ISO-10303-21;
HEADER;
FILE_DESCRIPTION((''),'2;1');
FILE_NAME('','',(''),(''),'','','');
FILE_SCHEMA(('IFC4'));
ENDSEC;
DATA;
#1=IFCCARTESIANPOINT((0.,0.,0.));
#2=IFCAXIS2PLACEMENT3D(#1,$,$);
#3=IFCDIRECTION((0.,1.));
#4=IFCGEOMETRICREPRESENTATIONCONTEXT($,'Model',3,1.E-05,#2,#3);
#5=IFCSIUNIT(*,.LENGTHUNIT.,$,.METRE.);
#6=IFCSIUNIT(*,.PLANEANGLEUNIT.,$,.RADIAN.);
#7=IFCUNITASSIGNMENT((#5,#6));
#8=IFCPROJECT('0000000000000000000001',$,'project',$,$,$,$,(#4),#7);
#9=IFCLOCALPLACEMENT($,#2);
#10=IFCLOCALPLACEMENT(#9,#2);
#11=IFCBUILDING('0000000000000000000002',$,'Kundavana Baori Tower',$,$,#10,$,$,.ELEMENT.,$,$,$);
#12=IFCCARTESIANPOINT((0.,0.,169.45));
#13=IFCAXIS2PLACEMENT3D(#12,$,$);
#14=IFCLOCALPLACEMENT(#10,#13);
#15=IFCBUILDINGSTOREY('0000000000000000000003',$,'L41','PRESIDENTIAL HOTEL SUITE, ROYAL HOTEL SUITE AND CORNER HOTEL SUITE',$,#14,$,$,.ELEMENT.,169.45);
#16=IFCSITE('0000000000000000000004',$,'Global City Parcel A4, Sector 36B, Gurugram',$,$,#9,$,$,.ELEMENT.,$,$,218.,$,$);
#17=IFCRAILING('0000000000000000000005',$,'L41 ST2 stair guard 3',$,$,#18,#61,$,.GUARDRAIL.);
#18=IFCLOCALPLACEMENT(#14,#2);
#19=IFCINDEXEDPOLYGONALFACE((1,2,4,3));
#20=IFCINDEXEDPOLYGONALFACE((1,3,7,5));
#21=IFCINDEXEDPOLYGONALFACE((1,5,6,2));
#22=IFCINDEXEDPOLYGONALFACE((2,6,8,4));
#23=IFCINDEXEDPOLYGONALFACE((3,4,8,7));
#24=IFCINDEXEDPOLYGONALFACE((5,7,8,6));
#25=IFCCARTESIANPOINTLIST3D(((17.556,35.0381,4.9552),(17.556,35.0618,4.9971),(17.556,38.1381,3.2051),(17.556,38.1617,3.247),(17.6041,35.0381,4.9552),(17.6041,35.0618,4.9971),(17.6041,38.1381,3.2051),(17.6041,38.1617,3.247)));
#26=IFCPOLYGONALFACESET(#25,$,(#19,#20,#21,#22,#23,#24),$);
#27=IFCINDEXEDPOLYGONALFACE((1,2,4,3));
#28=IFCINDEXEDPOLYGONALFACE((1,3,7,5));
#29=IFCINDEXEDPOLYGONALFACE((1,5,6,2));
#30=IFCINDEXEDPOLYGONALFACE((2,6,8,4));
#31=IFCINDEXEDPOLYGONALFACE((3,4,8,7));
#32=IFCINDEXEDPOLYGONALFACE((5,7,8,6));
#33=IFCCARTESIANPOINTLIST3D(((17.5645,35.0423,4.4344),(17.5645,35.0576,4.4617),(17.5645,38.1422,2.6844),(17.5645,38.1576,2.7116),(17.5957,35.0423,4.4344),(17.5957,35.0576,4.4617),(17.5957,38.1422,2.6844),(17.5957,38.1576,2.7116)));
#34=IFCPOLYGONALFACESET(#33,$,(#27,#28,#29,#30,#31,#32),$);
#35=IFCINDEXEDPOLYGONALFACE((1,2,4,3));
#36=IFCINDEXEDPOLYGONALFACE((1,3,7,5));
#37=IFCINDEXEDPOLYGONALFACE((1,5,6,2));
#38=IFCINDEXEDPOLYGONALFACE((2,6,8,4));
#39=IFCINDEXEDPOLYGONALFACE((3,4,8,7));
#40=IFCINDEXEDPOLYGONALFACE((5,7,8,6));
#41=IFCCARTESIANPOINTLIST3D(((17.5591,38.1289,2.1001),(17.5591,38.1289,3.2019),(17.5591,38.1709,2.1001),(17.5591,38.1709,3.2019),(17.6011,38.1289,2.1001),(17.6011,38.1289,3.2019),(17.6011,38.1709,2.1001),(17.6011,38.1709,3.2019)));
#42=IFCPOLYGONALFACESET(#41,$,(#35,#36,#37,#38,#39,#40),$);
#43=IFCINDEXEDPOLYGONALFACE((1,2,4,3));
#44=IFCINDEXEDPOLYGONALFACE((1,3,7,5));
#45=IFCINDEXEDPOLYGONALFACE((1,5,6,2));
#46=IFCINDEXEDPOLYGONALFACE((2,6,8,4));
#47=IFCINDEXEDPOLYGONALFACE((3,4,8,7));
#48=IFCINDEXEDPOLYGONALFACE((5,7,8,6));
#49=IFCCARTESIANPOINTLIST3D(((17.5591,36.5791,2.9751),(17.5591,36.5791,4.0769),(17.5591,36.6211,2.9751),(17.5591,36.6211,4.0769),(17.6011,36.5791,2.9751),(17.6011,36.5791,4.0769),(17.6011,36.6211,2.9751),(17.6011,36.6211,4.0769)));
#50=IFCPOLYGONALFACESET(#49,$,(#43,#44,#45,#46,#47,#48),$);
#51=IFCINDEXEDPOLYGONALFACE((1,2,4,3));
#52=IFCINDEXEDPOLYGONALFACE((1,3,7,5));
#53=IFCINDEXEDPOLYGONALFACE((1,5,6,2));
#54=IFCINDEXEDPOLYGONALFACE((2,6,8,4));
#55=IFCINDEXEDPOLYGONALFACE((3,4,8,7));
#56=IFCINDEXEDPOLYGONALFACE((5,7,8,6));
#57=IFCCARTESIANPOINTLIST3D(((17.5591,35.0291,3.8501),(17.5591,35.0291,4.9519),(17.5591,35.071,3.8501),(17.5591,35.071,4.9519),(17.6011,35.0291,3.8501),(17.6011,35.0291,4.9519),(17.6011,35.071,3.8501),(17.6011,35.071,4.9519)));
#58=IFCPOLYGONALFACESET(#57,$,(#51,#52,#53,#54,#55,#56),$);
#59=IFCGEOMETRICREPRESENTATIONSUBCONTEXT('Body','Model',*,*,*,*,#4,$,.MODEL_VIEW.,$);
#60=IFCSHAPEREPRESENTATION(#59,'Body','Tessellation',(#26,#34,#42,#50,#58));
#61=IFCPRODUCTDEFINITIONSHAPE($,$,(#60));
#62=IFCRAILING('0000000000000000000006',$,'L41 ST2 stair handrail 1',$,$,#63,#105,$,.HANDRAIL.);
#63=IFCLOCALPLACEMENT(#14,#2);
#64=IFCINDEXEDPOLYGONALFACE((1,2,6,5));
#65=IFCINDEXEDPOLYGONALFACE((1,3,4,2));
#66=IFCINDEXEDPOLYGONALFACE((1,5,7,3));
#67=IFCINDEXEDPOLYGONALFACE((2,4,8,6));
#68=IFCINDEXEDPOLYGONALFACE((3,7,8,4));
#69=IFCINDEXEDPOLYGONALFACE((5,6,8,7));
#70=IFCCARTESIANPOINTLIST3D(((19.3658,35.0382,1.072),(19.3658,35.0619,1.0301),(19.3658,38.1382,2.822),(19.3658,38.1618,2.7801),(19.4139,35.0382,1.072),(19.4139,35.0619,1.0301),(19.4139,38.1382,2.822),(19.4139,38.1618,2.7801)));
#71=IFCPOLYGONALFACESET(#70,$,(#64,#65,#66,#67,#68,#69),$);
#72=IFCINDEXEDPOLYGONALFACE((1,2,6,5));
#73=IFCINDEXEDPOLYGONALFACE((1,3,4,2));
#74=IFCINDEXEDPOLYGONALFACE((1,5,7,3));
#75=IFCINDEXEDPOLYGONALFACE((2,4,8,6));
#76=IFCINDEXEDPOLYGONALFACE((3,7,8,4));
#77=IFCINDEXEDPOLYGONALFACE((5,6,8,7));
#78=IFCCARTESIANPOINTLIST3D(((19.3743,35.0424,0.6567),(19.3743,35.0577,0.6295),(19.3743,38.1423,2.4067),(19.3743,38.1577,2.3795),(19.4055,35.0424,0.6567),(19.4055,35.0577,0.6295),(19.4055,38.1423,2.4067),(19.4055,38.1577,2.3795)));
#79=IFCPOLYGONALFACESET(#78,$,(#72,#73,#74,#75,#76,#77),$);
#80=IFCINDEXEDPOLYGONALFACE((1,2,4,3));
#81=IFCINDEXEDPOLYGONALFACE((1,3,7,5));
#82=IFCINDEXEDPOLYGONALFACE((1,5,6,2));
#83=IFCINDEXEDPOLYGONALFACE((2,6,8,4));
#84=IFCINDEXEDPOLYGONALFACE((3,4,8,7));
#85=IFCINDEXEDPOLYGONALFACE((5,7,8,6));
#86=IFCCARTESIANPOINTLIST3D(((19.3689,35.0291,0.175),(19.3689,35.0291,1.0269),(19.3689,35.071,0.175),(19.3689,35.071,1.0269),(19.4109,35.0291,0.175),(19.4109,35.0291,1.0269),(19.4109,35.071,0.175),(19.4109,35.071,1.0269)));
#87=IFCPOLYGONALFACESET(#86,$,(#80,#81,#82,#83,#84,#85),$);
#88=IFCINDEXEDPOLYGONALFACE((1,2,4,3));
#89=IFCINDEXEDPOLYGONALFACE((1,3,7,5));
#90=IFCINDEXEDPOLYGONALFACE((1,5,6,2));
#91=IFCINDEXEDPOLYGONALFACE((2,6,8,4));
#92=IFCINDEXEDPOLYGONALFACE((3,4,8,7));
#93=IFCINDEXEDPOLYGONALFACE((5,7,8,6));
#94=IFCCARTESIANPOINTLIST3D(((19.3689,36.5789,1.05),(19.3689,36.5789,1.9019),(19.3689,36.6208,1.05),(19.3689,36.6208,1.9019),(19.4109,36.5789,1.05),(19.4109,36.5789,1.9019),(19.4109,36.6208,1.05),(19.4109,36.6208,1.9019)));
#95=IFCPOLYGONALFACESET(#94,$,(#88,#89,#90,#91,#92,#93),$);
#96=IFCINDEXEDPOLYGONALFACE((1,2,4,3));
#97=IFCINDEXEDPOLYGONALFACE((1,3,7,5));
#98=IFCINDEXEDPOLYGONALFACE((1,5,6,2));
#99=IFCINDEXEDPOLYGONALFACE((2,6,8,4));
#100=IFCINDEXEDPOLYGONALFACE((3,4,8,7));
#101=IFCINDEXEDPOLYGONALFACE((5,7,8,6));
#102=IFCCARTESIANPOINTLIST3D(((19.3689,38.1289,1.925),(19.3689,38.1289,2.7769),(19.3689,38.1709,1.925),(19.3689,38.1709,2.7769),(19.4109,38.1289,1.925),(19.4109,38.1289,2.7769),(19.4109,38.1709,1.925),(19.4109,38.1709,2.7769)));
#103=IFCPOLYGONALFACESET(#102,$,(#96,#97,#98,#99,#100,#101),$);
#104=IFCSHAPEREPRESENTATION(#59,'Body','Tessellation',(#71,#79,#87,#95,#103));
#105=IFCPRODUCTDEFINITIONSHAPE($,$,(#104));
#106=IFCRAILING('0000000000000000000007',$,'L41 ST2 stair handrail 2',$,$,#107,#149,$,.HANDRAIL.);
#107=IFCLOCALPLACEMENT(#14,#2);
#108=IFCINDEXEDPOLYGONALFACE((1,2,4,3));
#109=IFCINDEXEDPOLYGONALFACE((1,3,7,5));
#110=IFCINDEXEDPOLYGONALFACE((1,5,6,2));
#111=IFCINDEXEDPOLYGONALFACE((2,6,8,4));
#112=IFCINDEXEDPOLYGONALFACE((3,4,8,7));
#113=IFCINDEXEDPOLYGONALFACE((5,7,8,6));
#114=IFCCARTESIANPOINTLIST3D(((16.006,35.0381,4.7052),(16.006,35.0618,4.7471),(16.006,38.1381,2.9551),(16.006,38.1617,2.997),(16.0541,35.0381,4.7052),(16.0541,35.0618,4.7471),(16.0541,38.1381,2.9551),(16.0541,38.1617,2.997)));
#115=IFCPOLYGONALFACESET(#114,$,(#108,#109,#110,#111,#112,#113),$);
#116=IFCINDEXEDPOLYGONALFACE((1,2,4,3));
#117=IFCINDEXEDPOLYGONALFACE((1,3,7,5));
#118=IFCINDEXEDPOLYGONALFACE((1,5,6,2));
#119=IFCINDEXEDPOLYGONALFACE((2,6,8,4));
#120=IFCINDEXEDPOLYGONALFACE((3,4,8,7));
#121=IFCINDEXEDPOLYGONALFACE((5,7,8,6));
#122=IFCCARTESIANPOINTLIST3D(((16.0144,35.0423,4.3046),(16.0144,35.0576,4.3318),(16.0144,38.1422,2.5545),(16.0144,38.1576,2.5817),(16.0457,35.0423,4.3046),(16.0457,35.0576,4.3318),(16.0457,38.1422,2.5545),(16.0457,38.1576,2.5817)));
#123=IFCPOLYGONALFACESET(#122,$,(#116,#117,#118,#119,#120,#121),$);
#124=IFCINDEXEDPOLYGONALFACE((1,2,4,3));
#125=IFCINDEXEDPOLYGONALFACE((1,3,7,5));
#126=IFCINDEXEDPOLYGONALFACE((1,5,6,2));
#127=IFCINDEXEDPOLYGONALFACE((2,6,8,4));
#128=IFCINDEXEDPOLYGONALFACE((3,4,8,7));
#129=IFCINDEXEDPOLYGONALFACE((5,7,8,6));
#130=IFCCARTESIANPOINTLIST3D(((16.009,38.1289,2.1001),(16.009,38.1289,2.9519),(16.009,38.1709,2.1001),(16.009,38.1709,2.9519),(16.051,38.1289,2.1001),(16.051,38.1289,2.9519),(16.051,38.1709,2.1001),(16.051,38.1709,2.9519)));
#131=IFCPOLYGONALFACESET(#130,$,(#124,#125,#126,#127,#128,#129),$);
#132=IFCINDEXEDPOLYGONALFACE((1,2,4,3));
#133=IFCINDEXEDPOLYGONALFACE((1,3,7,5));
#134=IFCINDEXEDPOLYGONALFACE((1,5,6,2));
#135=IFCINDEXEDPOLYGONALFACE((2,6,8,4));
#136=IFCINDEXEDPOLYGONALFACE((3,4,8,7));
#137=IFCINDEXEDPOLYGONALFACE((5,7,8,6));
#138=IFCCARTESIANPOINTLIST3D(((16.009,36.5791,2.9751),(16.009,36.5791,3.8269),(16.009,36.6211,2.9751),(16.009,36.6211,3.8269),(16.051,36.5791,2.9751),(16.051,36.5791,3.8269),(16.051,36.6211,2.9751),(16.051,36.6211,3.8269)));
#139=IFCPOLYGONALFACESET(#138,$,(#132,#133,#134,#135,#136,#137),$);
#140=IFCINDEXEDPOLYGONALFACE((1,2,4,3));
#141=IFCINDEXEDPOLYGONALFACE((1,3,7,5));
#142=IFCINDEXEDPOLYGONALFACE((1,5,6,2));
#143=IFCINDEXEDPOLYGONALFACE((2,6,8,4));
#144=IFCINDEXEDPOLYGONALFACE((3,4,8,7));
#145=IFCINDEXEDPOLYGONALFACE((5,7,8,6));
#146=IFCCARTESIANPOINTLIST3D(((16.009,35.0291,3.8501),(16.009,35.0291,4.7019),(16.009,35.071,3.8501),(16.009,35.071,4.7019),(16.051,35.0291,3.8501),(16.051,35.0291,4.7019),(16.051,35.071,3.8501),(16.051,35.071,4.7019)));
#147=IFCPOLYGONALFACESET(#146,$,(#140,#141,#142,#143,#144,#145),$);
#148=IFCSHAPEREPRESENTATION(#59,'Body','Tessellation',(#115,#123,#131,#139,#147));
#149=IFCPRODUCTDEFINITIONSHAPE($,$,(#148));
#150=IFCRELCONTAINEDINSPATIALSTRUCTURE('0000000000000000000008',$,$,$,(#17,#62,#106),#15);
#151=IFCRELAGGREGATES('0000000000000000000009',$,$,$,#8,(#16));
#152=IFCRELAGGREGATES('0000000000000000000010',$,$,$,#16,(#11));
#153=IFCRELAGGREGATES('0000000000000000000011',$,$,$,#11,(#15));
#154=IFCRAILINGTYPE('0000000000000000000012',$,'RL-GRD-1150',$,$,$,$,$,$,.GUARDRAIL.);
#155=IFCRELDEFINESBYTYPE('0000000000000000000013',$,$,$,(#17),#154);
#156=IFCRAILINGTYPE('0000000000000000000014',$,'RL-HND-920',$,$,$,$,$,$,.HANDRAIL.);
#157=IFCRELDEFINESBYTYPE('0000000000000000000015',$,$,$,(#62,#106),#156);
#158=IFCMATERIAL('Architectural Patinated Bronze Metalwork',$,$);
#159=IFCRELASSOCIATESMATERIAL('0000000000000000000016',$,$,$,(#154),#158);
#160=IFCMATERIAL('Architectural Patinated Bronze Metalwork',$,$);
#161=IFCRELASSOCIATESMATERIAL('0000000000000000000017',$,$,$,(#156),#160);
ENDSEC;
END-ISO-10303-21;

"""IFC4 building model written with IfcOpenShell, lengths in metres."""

from ifc_helpers import new_model, si_unit, direction, frame, origin, origin_2d, place, context, subcontext, project, spatial, rectangle, extrude, material, type_object, element, save


model = new_model("IFC4")

# Units and contexts
model_context = context("Model", 3, precision=1e-05, world=origin(), true_north=direction((0.0, 1.0)))
body_context = subcontext(model_context, "Body", "Model", "MODEL_VIEW")
ifc_project = project(units=[si_unit("LENGTHUNIT", "METRE"), si_unit("PLANEANGLEUNIT", "RADIAN")], contexts=[model_context])

# Site, building, storey
site_placement = place(None, origin())
site = spatial("IfcSite", under=ifc_project, at=site_placement, Name="Global City Parcel A4, Sector 36B, Gurugram", CompositionType="ELEMENT", RefElevation=218.0)
building_placement = place(site_placement, origin())
building = spatial("IfcBuilding", under=site, at=building_placement, Name="Kundavana Baori Tower", CompositionType="ELEMENT")
storey_placement = place(building_placement, frame((0.0, 0.0, 169.45)))
storey = spatial("IfcBuildingStorey", under=building, at=storey_placement, Name="L41", Description="PRESIDENTIAL HOTEL SUITE, ROYAL HOTEL SUITE AND CORNER HOTEL SUITE", CompositionType="ELEMENT", Elevation=169.45)

# Railings
ifc_material_1 = material(Name="Architectural Patinated Bronze Metalwork")
railing_type_1 = type_object("IfcRailingType", Name="RL-GRD-1150", PredefinedType="GUARDRAIL", material=ifc_material_1)
railing_1_placement = place(storey_placement, frame((17.5801, 38.1499, 2.1001)))
element("IfcRailing", 1, at=railing_1_placement, inside=storey, type_object=railing_type_1, Name="L41 ST2 stair guard 3", PredefinedType="GUARDRAIL", context=body_context, shape_type="SweptSolid", body=[
    extrude(rectangle(XDim=0.0481, YDim=0.0481, at=origin_2d()), frame((0.0, 0.0, 1.126), z_axis=(0.0, -0.870814, 0.491612), x_axis=(1.0, 0.0, 0.0)), (0.0, 0.0, 1.0), 3.5598),
    extrude(rectangle(XDim=0.0312, YDim=0.0312, at=origin_2d()), frame((0.0, 0.0, 0.5979), z_axis=(0.0, -0.870814, 0.491612), x_axis=(1.0, 0.0, 0.0)), (0.0, 0.0, 1.0), 3.5598),
    extrude(rectangle(XDim=0.042, YDim=0.042, at=origin_2d()), origin(), (0.0, 0.0, 1.0), 1.1018),
    extrude(rectangle(XDim=0.042, YDim=0.042, at=origin_2d()), frame((0.0, -1.5498, 0.875)), (0.0, 0.0, 1.0), 1.1018),
    extrude(rectangle(XDim=0.042, YDim=0.042, at=origin_2d()), frame((0.0, -3.0999, 1.75)), (0.0, 0.0, 1.0), 1.1018),
])
ifc_material_2 = material(Name="Architectural Patinated Bronze Metalwork")
railing_type_2 = type_object("IfcRailingType", Name="RL-HND-920", PredefinedType="HANDRAIL", material=ifc_material_2)
railing_2_placement = place(storey_placement, frame((19.3899, 35.05, 0.175)))
element("IfcRailing", 2, at=railing_2_placement, inside=storey, type_object=railing_type_2, Name="L41 ST2 stair handrail 1", PredefinedType="HANDRAIL", context=body_context, shape_type="SweptSolid", body=[
    extrude(rectangle(XDim=0.0481, YDim=0.0481, at=origin_2d()), frame((0.0, 0.0, 0.876), z_axis=(0.0, 0.870814, 0.491612), x_axis=(-1.0, 0.0, 0.0)), (0.0, 0.0, 1.0), 3.5598),
    extrude(rectangle(XDim=0.0312, YDim=0.0312, at=origin_2d()), frame((0.0, 0.0, 0.468), z_axis=(0.0, 0.870814, 0.491612), x_axis=(-1.0, 0.0, 0.0)), (0.0, 0.0, 1.0), 3.5598),
    extrude(rectangle(XDim=0.042, YDim=0.042, at=origin_2d()), origin(), (0.0, 0.0, 1.0), 0.8518),
    extrude(rectangle(XDim=0.042, YDim=0.042, at=origin_2d()), frame((0.0, 1.5498, 0.875)), (0.0, 0.0, 1.0), 0.8518),
    extrude(rectangle(XDim=0.042, YDim=0.042, at=origin_2d()), frame((0.0, 3.0999, 1.75)), (0.0, 0.0, 1.0), 0.8518),
])
railing_3_placement = place(storey_placement, frame((16.03, 38.1499, 2.1001)))
element("IfcRailing", 3, at=railing_3_placement, inside=storey, type_object=railing_type_2, Name="L41 ST2 stair handrail 2", PredefinedType="HANDRAIL", context=body_context, shape_type="SweptSolid", body=[
    extrude(rectangle(XDim=0.0481, YDim=0.0481, at=origin_2d()), frame((0.0, 0.0, 0.876), z_axis=(0.0, -0.870814, 0.491612), x_axis=(1.0, 0.0, 0.0)), (0.0, 0.0, 1.0), 3.5598),
    extrude(rectangle(XDim=0.0312, YDim=0.0312, at=origin_2d()), frame((0.0, 0.0, 0.468), z_axis=(0.0, -0.870814, 0.491612), x_axis=(1.0, 0.0, 0.0)), (0.0, 0.0, 1.0), 3.5598),
    extrude(rectangle(XDim=0.042, YDim=0.042, at=origin_2d()), origin(), (0.0, 0.0, 1.0), 0.8518),
    extrude(rectangle(XDim=0.042, YDim=0.042, at=origin_2d()), frame((0.0, -1.5498, 0.875)), (0.0, 0.0, 1.0), 0.8518),
    extrude(rectangle(XDim=0.042, YDim=0.042, at=origin_2d()), frame((0.0, -3.0999, 1.75)), (0.0, 0.0, 1.0), 0.8518),
])

save(model, "model.ifc")
